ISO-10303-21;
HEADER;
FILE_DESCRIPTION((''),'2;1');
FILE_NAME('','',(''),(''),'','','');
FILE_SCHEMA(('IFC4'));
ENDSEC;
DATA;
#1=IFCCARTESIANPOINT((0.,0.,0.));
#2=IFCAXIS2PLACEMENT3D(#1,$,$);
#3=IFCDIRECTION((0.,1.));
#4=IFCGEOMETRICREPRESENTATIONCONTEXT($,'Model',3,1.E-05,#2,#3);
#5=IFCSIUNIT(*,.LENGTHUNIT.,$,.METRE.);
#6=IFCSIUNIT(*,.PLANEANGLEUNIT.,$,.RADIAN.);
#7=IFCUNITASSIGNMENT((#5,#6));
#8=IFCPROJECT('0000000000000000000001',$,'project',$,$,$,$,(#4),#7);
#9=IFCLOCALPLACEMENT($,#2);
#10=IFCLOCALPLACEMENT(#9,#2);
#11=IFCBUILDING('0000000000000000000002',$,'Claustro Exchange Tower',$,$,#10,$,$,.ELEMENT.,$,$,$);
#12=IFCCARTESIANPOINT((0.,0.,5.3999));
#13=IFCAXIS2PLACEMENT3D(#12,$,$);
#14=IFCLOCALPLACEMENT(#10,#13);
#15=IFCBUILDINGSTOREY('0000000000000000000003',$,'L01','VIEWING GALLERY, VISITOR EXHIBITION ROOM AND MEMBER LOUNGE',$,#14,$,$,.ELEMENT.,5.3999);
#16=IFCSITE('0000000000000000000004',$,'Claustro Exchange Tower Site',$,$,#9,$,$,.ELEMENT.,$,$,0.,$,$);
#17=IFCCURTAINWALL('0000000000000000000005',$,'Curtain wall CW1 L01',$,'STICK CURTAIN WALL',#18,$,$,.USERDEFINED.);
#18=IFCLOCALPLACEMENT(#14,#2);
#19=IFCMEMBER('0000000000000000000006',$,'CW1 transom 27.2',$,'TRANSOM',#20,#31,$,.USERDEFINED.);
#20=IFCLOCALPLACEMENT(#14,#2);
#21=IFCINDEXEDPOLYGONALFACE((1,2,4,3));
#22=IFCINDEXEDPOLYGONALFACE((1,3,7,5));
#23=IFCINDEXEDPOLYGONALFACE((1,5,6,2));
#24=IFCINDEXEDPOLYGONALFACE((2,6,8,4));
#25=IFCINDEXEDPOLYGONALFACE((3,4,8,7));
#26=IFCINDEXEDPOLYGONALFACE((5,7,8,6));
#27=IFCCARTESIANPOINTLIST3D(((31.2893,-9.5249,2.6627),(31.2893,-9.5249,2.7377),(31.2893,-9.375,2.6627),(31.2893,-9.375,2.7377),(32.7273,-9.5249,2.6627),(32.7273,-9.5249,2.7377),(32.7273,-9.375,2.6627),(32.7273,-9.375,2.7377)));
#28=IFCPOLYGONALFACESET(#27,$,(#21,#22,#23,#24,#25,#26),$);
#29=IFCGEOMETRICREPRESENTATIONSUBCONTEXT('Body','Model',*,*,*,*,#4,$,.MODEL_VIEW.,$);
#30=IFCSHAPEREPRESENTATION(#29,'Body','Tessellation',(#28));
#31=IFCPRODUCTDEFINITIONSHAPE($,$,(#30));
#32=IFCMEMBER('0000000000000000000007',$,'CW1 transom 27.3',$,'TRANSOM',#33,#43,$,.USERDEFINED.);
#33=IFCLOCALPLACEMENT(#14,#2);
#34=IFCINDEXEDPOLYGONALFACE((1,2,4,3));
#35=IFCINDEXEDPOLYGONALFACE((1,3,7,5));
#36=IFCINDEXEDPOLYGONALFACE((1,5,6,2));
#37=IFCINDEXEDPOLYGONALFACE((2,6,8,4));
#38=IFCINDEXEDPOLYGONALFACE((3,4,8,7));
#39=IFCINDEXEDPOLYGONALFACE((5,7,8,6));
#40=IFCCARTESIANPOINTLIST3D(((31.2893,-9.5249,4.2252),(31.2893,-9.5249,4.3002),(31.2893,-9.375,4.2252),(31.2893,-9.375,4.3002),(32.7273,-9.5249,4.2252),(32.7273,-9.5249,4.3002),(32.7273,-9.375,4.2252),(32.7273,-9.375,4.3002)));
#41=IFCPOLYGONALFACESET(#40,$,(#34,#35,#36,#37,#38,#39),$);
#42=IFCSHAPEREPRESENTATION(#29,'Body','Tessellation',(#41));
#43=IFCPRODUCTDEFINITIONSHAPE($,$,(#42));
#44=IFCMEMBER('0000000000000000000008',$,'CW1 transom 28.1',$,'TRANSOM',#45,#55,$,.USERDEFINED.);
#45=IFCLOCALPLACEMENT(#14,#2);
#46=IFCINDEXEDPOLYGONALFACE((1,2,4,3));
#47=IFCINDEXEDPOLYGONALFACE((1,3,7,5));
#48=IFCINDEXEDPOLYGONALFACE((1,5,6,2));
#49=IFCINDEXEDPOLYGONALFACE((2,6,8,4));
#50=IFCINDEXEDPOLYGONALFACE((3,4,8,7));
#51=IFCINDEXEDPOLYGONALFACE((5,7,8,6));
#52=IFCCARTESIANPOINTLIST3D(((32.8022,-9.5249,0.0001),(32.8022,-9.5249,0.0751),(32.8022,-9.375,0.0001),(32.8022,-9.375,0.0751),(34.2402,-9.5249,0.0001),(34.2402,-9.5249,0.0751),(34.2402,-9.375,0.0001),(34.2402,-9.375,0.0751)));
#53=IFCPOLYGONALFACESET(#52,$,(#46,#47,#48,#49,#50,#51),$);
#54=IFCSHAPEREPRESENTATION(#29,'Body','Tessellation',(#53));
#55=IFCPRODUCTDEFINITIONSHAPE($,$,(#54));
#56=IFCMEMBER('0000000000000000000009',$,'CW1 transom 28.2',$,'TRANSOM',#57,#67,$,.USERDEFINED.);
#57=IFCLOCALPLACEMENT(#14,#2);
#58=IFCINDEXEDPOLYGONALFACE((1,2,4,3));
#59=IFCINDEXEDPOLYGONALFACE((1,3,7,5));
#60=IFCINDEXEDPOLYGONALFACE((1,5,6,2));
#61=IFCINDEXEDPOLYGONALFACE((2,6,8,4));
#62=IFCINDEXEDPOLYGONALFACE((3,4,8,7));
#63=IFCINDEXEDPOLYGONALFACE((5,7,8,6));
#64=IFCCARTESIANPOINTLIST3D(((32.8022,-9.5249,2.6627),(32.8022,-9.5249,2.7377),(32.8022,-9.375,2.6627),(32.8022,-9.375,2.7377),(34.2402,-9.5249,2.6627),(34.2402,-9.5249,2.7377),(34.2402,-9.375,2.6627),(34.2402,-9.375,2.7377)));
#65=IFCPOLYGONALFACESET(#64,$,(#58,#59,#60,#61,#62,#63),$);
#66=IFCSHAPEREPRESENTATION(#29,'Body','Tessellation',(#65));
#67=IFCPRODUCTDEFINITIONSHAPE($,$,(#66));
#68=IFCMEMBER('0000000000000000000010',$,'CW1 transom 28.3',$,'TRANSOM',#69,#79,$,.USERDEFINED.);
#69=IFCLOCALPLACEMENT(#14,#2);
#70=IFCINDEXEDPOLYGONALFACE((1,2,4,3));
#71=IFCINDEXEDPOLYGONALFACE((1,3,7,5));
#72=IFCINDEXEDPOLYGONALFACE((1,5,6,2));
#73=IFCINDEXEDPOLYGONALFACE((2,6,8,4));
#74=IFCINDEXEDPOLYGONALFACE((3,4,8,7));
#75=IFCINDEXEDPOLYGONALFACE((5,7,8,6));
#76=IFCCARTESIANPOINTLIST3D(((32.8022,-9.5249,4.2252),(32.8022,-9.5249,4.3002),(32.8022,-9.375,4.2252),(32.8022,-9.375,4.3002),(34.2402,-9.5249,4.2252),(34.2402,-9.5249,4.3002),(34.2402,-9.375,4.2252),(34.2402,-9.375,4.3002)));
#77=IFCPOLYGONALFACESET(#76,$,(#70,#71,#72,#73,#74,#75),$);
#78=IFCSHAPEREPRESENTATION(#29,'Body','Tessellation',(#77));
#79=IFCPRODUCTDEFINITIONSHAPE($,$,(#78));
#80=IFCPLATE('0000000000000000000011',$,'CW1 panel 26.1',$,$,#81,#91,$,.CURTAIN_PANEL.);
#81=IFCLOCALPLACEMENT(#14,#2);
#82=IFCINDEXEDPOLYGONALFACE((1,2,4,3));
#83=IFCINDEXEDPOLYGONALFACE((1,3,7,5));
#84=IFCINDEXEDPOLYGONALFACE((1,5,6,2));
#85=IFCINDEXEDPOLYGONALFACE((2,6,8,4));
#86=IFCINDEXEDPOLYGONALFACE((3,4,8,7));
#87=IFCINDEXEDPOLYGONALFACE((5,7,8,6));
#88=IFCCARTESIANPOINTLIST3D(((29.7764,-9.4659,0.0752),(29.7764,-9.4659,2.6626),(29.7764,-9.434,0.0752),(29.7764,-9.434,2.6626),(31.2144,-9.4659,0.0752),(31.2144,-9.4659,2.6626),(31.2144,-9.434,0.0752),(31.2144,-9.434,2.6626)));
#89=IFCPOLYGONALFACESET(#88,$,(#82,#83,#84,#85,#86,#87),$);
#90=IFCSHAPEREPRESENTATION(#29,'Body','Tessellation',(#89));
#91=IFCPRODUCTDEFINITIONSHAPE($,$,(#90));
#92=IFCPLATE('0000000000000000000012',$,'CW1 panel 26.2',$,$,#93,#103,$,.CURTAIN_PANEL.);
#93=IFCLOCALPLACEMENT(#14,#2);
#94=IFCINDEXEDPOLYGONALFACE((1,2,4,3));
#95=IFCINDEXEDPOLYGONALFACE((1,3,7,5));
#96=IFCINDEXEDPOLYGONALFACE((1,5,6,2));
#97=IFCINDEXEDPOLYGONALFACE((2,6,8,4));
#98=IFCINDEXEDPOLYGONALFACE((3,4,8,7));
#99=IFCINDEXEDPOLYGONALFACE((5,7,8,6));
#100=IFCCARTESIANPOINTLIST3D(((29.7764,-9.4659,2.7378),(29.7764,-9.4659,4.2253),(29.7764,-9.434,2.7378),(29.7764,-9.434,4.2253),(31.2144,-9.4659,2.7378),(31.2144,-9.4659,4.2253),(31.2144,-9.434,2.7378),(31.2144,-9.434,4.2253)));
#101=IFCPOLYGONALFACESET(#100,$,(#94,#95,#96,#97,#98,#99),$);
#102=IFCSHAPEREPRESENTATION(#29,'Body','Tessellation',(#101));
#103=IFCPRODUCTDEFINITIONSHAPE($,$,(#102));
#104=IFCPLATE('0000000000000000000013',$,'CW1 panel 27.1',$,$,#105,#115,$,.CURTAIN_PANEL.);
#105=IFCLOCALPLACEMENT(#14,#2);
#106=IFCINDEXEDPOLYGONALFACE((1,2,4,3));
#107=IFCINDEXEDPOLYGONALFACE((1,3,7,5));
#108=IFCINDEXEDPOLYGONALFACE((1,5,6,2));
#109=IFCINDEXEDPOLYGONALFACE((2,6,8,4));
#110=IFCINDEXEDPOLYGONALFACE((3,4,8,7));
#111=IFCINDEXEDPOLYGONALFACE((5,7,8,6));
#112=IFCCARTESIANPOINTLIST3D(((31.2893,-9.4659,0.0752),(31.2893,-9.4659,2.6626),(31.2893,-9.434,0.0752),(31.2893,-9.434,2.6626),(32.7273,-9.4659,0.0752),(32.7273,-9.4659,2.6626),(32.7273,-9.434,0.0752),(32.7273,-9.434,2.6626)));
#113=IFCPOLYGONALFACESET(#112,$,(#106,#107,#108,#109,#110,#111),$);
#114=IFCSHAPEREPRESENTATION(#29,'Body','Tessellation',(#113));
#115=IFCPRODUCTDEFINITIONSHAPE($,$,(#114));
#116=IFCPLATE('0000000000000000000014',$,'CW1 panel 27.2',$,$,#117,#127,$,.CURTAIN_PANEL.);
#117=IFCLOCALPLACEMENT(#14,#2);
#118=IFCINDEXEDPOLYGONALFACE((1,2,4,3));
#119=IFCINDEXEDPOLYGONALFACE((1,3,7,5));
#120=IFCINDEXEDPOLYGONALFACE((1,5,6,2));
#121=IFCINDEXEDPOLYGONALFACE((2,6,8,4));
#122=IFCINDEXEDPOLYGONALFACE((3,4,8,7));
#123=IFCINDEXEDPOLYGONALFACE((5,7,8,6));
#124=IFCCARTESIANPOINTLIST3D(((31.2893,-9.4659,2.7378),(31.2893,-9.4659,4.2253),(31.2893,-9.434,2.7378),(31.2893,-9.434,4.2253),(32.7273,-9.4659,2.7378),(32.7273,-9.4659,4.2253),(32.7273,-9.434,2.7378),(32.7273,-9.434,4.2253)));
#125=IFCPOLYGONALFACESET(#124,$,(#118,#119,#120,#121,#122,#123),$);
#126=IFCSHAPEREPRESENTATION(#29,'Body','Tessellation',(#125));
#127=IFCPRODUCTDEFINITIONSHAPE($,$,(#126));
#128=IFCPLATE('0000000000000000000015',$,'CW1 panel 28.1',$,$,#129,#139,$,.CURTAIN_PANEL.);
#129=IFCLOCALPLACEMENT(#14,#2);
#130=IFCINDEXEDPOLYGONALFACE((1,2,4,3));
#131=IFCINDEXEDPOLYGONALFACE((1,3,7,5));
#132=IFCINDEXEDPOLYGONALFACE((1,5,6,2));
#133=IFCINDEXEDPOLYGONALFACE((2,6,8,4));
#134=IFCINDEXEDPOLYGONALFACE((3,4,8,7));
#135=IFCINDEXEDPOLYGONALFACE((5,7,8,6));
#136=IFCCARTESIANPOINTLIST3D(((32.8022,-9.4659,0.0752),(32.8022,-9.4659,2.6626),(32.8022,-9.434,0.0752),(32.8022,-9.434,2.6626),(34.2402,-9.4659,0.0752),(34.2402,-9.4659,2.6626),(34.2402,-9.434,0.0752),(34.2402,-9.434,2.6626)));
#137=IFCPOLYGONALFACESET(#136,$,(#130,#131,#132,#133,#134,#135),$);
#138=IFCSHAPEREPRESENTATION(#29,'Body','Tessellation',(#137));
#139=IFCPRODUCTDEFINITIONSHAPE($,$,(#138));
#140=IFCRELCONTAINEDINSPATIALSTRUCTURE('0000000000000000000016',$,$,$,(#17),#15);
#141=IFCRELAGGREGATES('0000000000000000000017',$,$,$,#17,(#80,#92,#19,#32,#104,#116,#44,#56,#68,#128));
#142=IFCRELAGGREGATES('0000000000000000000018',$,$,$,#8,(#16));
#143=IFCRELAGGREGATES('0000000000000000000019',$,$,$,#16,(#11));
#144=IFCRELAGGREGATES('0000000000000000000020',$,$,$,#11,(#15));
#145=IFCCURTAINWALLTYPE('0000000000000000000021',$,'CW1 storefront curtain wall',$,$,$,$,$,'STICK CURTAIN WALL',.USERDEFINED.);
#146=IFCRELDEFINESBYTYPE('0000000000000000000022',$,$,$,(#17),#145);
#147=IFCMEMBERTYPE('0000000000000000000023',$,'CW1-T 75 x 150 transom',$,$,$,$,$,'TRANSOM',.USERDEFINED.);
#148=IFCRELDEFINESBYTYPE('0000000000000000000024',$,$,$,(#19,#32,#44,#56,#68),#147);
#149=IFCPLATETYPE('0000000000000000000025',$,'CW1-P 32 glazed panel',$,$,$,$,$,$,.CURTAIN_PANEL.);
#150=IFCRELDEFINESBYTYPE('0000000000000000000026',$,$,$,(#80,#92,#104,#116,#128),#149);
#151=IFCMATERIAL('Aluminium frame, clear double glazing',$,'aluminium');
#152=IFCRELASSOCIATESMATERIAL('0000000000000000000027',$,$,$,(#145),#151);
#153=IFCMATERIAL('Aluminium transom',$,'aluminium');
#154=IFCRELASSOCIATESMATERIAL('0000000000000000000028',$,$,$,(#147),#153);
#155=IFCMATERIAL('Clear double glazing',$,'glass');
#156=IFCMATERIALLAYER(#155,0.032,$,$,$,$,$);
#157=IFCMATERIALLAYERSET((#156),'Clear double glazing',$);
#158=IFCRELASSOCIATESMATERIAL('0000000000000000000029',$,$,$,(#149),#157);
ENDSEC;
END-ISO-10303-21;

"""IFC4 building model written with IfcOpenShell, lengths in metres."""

from ifc_helpers import new_model, si_unit, direction, frame, origin, origin_2d, place, context, subcontext, project, spatial, rectangle, extrude, material, layer, layer_set, material_profile, profile_set, type_object, element, aggregate, save


model = new_model("IFC4")

# Units and contexts
model_context = context("Model", 3, precision=1e-05, world=origin(), true_north=direction((0.0, 1.0)))
body_context = subcontext(model_context, "Body", "Model", "MODEL_VIEW")
ifc_project = project(units=[si_unit("LENGTHUNIT", "METRE"), si_unit("PLANEANGLEUNIT", "RADIAN")], contexts=[model_context])

# Site, building, storey
site_placement = place(None, origin())
site = spatial("IfcSite", under=ifc_project, at=site_placement, Name="Claustro Exchange Tower Site", CompositionType="ELEMENT", RefElevation=0.0)
building_placement = place(site_placement, origin())
building = spatial("IfcBuilding", under=site, at=building_placement, Name="Claustro Exchange Tower", CompositionType="ELEMENT")
storey_placement = place(building_placement, frame((0.0, 0.0, 5.3999)))
storey = spatial("IfcBuildingStorey", under=building, at=storey_placement, Name="L01", Description="VIEWING GALLERY, VISITOR EXHIBITION ROOM AND MEMBER LOUNGE", CompositionType="ELEMENT", Elevation=5.3999)

# Curtain wall, members, plates
ifc_material_1 = material(Name="Aluminium frame, clear double glazing", Category="aluminium")
curtain_wall_type = type_object("IfcCurtainWallType", Name="CW1 storefront curtain wall", ElementType="STICK CURTAIN WALL", PredefinedType="USERDEFINED", material=ifc_material_1)
curtain_wall_placement = place(storey_placement, origin())
curtain_wall = element("IfcCurtainWall", 1, at=curtain_wall_placement, inside=storey, type_object=curtain_wall_type, Name="Curtain wall CW1 L01", ObjectType="STICK CURTAIN WALL", PredefinedType="USERDEFINED")
ifc_material_2 = material(Name="Aluminium transom", Category="aluminium")
ifc_material_profile_1 = material_profile(ifc_material_2, rectangle(XDim=0.1499, YDim=0.075, at=origin_2d()), Name="CW1-T 75x150")
ifc_profile_set_1 = profile_set([ifc_material_profile_1], Name="Aluminium transom")
member_type_1 = type_object("IfcMemberType", Name="CW1-T 75 x 150 transom", ElementType="TRANSOM", PredefinedType="USERDEFINED", material=ifc_profile_set_1)
member_1_placement = place(storey_placement, frame((31.2893, -9.45, 2.7002), z_axis=(1.0, 0.0, 0.0), x_axis=(0.0, 1.0, 0.0)))
member_1 = element("IfcMember", 2, at=member_1_placement, type_object=member_type_1, Name="CW1 transom 27.2", ObjectType="TRANSOM", PredefinedType="USERDEFINED", context=body_context, shape_type="SweptSolid", body=[
    extrude(rectangle(XDim=0.1499, YDim=0.075, at=origin_2d()), origin(), (0.0, 0.0, 1.0), 1.438),
])
member_2_placement = place(storey_placement, frame((31.2893, -9.45, 4.2627), z_axis=(1.0, 0.0, 0.0), x_axis=(0.0, 1.0, 0.0)))
member_2 = element("IfcMember", 3, at=member_2_placement, type_object=member_type_1, Name="CW1 transom 27.3", ObjectType="TRANSOM", PredefinedType="USERDEFINED", context=body_context, shape_type="SweptSolid", body=[
    extrude(rectangle(XDim=0.1499, YDim=0.075, at=origin_2d()), origin(), (0.0, 0.0, 1.0), 1.438),
])
member_3_placement = place(storey_placement, frame((32.8022, -9.45, 0.0376), z_axis=(1.0, 0.0, 0.0), x_axis=(0.0, 1.0, 0.0)))
member_3 = element("IfcMember", 4, at=member_3_placement, type_object=member_type_1, Name="CW1 transom 28.1", ObjectType="TRANSOM", PredefinedType="USERDEFINED", context=body_context, shape_type="SweptSolid", body=[
    extrude(rectangle(XDim=0.1499, YDim=0.075, at=origin_2d()), origin(), (0.0, 0.0, 1.0), 1.438),
])
member_4_placement = place(storey_placement, frame((32.8022, -9.45, 2.7002), z_axis=(1.0, 0.0, 0.0), x_axis=(0.0, 1.0, 0.0)))
member_4 = element("IfcMember", 5, at=member_4_placement, type_object=member_type_1, Name="CW1 transom 28.2", ObjectType="TRANSOM", PredefinedType="USERDEFINED", context=body_context, shape_type="SweptSolid", body=[
    extrude(rectangle(XDim=0.1499, YDim=0.075, at=origin_2d()), origin(), (0.0, 0.0, 1.0), 1.438),
])
member_5_placement = place(storey_placement, frame((32.8022, -9.45, 4.2627), z_axis=(1.0, 0.0, 0.0), x_axis=(0.0, 1.0, 0.0)))
member_5 = element("IfcMember", 6, at=member_5_placement, type_object=member_type_1, Name="CW1 transom 28.3", ObjectType="TRANSOM", PredefinedType="USERDEFINED", context=body_context, shape_type="SweptSolid", body=[
    extrude(rectangle(XDim=0.1499, YDim=0.075, at=origin_2d()), origin(), (0.0, 0.0, 1.0), 1.438),
])
ifc_material_3 = material(Name="Clear double glazing", Category="glass")
ifc_layer = layer(ifc_material_3, 0.032)
ifc_layer_set = layer_set([ifc_layer], Name="Clear double glazing")
plate_type = type_object("IfcPlateType", Name="CW1-P 32 glazed panel", PredefinedType="CURTAIN_PANEL", material=ifc_layer_set)
plate_1_placement = place(storey_placement, frame((30.4954, -9.45, 0.0752), z_axis=(0.0, 0.0, 1.0), x_axis=(1.0, 0.0, 0.0)))
plate_1 = element("IfcPlate", 7, at=plate_1_placement, type_object=plate_type, Name="CW1 panel 26.1", PredefinedType="CURTAIN_PANEL", context=body_context, shape_type="SweptSolid", body=[
    extrude(rectangle(XDim=1.438, YDim=0.032, at=origin_2d()), origin(), (0.0, 0.0, 1.0), 2.5874),
])
plate_2_placement = place(storey_placement, frame((30.4954, -9.45, 2.7378), z_axis=(0.0, 0.0, 1.0), x_axis=(1.0, 0.0, 0.0)))
plate_2 = element("IfcPlate", 8, at=plate_2_placement, type_object=plate_type, Name="CW1 panel 26.2", PredefinedType="CURTAIN_PANEL", context=body_context, shape_type="SweptSolid", body=[
    extrude(rectangle(XDim=1.438, YDim=0.032, at=origin_2d()), origin(), (0.0, 0.0, 1.0), 1.4875),
])
plate_3_placement = place(storey_placement, frame((32.0083, -9.45, 0.0752), z_axis=(0.0, 0.0, 1.0), x_axis=(1.0, 0.0, 0.0)))
plate_3 = element("IfcPlate", 9, at=plate_3_placement, type_object=plate_type, Name="CW1 panel 27.1", PredefinedType="CURTAIN_PANEL", context=body_context, shape_type="SweptSolid", body=[
    extrude(rectangle(XDim=1.438, YDim=0.032, at=origin_2d()), origin(), (0.0, 0.0, 1.0), 2.5874),
])
plate_4_placement = place(storey_placement, frame((32.0083, -9.45, 2.7378), z_axis=(0.0, 0.0, 1.0), x_axis=(1.0, 0.0, 0.0)))
plate_4 = element("IfcPlate", 10, at=plate_4_placement, type_object=plate_type, Name="CW1 panel 27.2", PredefinedType="CURTAIN_PANEL", context=body_context, shape_type="SweptSolid", body=[
    extrude(rectangle(XDim=1.438, YDim=0.032, at=origin_2d()), origin(), (0.0, 0.0, 1.0), 1.4875),
])
plate_5_placement = place(storey_placement, frame((33.5212, -9.45, 0.0752), z_axis=(0.0, 0.0, 1.0), x_axis=(1.0, 0.0, 0.0)))
plate_5 = element("IfcPlate", 11, at=plate_5_placement, type_object=plate_type, Name="CW1 panel 28.1", PredefinedType="CURTAIN_PANEL", context=body_context, shape_type="SweptSolid", body=[
    extrude(rectangle(XDim=1.438, YDim=0.032, at=origin_2d()), origin(), (0.0, 0.0, 1.0), 2.5874),
])
aggregate(curtain_wall, [plate_1, plate_2, member_1, member_2, plate_3, plate_4, member_3, member_4, member_5, plate_5])

save(model, "model.ifc")
